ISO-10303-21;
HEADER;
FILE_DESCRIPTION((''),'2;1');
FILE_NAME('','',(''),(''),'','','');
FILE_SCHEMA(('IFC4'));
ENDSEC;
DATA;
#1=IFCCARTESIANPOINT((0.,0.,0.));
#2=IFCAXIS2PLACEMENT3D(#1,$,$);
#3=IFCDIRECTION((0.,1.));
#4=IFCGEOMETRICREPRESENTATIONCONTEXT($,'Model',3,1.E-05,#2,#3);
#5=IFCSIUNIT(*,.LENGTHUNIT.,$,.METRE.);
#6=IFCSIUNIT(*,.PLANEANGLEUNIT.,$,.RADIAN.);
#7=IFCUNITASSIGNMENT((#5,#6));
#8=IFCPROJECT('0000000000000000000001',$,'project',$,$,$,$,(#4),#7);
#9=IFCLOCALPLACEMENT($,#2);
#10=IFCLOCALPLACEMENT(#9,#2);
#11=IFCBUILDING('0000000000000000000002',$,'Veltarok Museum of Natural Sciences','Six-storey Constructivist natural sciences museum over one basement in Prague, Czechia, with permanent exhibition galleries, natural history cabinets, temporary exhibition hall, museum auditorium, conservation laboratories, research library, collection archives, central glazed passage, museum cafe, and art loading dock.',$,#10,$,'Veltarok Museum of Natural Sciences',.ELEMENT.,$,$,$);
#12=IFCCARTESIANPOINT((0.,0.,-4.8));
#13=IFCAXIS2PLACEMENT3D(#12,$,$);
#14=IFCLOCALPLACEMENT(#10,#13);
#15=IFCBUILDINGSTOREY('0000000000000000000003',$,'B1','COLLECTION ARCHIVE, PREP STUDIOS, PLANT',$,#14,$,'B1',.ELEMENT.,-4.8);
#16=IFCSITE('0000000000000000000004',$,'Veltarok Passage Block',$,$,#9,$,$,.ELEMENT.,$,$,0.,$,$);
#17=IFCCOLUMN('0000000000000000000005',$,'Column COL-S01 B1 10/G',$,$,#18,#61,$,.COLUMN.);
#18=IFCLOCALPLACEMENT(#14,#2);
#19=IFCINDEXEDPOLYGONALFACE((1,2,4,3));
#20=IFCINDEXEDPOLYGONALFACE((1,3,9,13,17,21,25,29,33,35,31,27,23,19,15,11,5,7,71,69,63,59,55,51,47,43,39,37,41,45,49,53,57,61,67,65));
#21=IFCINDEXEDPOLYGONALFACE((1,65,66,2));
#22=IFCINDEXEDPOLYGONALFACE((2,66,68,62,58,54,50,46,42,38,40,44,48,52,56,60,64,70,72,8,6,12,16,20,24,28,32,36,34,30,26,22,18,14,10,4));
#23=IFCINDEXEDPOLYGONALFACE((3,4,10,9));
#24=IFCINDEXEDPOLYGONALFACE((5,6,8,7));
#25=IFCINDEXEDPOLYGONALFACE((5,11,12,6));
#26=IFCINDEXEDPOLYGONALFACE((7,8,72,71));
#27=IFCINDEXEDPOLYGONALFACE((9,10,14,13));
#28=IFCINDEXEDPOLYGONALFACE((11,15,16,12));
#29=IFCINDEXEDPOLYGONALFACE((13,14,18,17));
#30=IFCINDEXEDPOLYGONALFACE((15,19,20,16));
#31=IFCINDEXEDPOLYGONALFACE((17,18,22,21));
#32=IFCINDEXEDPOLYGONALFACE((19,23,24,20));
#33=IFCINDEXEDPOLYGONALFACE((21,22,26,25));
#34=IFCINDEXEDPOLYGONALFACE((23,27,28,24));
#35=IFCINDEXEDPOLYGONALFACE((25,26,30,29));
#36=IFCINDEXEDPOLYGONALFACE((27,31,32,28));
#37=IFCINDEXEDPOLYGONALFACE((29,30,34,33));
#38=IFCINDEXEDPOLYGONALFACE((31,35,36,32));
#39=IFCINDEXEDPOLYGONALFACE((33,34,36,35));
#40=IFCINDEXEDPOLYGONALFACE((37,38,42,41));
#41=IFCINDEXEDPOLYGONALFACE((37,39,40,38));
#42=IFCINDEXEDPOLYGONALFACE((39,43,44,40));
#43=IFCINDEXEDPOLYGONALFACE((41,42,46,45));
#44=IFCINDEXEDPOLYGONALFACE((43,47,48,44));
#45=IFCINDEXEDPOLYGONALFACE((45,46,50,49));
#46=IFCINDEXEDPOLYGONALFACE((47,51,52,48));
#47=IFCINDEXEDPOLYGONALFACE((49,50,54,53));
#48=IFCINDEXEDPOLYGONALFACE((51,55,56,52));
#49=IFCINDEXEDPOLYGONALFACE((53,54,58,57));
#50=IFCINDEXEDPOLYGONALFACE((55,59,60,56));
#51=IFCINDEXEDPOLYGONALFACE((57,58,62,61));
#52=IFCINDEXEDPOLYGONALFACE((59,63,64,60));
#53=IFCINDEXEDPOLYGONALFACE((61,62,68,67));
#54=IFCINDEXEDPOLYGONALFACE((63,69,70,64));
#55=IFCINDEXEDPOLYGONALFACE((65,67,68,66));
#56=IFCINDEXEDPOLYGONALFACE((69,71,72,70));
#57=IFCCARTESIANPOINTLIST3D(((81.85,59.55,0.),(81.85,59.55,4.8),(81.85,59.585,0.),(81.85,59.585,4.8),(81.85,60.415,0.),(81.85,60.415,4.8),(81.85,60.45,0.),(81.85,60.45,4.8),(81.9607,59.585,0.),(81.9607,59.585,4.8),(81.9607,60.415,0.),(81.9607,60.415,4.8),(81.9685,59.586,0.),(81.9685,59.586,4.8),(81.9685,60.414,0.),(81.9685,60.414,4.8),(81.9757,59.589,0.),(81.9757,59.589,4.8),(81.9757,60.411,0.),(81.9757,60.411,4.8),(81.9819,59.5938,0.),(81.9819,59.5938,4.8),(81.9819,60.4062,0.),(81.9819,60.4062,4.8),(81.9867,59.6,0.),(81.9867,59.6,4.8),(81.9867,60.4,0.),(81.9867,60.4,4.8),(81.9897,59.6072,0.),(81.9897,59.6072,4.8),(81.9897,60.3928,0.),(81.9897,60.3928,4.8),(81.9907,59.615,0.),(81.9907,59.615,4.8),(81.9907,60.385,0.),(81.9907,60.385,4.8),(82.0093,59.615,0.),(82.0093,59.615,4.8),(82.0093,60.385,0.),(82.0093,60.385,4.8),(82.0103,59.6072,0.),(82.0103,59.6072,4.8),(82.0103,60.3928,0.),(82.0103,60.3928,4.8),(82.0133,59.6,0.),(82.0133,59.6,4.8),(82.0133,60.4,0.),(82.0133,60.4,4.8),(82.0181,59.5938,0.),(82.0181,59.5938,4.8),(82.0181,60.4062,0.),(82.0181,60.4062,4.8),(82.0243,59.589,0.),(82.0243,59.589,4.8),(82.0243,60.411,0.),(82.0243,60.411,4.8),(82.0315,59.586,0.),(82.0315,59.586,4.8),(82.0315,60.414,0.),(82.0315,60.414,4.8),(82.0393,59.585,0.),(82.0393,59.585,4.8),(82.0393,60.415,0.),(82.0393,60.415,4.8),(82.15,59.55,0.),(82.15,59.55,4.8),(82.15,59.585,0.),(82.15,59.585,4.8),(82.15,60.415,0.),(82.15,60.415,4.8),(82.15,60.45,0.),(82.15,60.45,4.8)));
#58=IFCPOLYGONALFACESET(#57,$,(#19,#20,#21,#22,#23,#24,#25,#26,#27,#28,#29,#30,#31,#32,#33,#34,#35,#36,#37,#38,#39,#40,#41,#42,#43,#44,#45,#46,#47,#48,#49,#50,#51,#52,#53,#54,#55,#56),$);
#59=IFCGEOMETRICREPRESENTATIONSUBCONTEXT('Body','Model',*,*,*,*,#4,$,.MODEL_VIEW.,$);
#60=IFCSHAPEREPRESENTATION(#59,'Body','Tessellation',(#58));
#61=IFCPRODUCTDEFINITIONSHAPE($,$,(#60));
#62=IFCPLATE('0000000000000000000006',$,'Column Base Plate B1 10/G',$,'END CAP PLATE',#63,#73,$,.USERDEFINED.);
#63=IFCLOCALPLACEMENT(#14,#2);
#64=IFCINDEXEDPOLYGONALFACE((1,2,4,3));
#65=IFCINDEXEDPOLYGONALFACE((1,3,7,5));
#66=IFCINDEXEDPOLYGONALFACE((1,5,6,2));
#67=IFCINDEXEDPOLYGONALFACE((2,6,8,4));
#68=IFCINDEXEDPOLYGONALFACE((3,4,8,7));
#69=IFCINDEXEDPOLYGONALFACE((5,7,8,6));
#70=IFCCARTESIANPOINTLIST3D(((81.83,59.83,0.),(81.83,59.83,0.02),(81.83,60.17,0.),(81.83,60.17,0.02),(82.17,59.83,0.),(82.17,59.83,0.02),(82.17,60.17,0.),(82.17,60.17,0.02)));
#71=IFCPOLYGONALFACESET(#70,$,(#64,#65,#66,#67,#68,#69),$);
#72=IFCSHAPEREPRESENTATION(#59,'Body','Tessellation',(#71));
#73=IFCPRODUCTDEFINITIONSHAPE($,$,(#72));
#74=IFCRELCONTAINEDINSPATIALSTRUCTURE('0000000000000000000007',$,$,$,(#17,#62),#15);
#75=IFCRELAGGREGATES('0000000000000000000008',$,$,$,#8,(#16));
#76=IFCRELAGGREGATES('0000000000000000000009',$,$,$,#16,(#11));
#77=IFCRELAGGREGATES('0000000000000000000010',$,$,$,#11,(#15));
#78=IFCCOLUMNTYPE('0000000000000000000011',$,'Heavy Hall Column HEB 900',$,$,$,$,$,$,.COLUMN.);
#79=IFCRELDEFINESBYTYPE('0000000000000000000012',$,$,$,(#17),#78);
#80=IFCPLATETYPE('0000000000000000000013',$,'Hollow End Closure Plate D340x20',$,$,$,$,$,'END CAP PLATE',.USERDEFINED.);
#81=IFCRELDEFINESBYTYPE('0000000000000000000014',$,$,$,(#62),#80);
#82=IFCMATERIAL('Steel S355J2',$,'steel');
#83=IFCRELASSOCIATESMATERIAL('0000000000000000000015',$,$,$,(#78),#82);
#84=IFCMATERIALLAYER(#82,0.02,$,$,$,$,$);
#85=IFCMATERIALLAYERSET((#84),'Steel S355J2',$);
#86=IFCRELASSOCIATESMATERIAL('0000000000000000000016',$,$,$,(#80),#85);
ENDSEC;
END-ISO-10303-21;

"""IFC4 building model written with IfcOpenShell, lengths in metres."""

from ifc_helpers import new_model, si_unit, direction, frame, origin, origin_2d, place, context, subcontext, project, spatial, rectangle, i_section, extrude, material, layer, layer_set, material_profile, profile_set, type_object, element, save


model = new_model("IFC4")

# Units and contexts
model_context = context("Model", 3, precision=1e-05, world=origin(), true_north=direction((0.0, 1.0)))
body_context = subcontext(model_context, "Body", "Model", "MODEL_VIEW")
ifc_project = project(units=[si_unit("LENGTHUNIT", "METRE"), si_unit("PLANEANGLEUNIT", "RADIAN")], contexts=[model_context])

# Site, building, storey
site_placement = place(None, origin())
site = spatial("IfcSite", under=ifc_project, at=site_placement, Name="Veltarok Passage Block", CompositionType="ELEMENT", RefElevation=0.0)
building_placement = place(site_placement, origin())
building = spatial("IfcBuilding", under=site, at=building_placement, Name="Veltarok Museum of Natural Sciences", Description="Six-storey Constructivist natural sciences museum over one basement in Prague, Czechia, with permanent exhibition galleries, natural history cabinets, temporary exhibition hall, museum auditorium, conservation laboratories, research library, collection archives, central glazed passage, museum cafe, and art loading dock.", LongName="Veltarok Museum of Natural Sciences", CompositionType="ELEMENT")
storey_placement = place(building_placement, frame((0.0, 0.0, -4.8)))
storey = spatial("IfcBuildingStorey", under=building, at=storey_placement, Name="B1", Description="COLLECTION ARCHIVE, PREP STUDIOS, PLANT", LongName="B1", CompositionType="ELEMENT", Elevation=-4.8)

# Column
ifc_material_1 = material(Name="Steel S355J2", Category="steel")
ifc_material_profile_1 = material_profile(ifc_material_1, i_section(OverallWidth=0.3, OverallDepth=0.8999, WebThickness=0.0186, FlangeThickness=0.0349, FilletRadius=0.03, at=origin_2d()), Name="HEB 900")
ifc_profile_set_1 = profile_set([ifc_material_profile_1], Name="Steel S355J2")
column_type = type_object("IfcColumnType", Name="Heavy Hall Column HEB 900", PredefinedType="COLUMN", material=ifc_profile_set_1)
column_placement = place(storey_placement, frame((82.0, 60.0, 0.0), z_axis=(0.0, 0.0, 1.0), x_axis=(1.0, 0.0, 0.0)))
element("IfcColumn", 1, at=column_placement, inside=storey, type_object=column_type, Name="Column COL-S01 B1 10/G", PredefinedType="COLUMN", context=body_context, shape_type="SweptSolid", body=[
    extrude(i_section(OverallWidth=0.3, OverallDepth=0.8999, WebThickness=0.0186, FlangeThickness=0.0349, FilletRadius=0.03, at=origin_2d()), origin(), (0.0, 0.0, 1.0), 4.8),
])

# Plate
ifc_layer = layer(ifc_material_1, 0.02)
ifc_layer_set = layer_set([ifc_layer], Name="Steel S355J2")
plate_type = type_object("IfcPlateType", Name="Hollow End Closure Plate D340x20", ElementType="END CAP PLATE", PredefinedType="USERDEFINED", material=ifc_layer_set)
plate_placement = place(storey_placement, frame((82.0, 60.0, 0.0), z_axis=(0.0, 0.0, 1.0), x_axis=(1.0, 0.0, 0.0)))
element("IfcPlate", 2, at=plate_placement, inside=storey, type_object=plate_type, Name="Column Base Plate B1 10/G", ObjectType="END CAP PLATE", PredefinedType="USERDEFINED", context=body_context, shape_type="SweptSolid", body=[
    extrude(rectangle(XDim=0.3401, YDim=0.3401, at=origin_2d()), origin(), (0.0, 0.0, 1.0), 0.02),
])

save(model, "model.ifc")
